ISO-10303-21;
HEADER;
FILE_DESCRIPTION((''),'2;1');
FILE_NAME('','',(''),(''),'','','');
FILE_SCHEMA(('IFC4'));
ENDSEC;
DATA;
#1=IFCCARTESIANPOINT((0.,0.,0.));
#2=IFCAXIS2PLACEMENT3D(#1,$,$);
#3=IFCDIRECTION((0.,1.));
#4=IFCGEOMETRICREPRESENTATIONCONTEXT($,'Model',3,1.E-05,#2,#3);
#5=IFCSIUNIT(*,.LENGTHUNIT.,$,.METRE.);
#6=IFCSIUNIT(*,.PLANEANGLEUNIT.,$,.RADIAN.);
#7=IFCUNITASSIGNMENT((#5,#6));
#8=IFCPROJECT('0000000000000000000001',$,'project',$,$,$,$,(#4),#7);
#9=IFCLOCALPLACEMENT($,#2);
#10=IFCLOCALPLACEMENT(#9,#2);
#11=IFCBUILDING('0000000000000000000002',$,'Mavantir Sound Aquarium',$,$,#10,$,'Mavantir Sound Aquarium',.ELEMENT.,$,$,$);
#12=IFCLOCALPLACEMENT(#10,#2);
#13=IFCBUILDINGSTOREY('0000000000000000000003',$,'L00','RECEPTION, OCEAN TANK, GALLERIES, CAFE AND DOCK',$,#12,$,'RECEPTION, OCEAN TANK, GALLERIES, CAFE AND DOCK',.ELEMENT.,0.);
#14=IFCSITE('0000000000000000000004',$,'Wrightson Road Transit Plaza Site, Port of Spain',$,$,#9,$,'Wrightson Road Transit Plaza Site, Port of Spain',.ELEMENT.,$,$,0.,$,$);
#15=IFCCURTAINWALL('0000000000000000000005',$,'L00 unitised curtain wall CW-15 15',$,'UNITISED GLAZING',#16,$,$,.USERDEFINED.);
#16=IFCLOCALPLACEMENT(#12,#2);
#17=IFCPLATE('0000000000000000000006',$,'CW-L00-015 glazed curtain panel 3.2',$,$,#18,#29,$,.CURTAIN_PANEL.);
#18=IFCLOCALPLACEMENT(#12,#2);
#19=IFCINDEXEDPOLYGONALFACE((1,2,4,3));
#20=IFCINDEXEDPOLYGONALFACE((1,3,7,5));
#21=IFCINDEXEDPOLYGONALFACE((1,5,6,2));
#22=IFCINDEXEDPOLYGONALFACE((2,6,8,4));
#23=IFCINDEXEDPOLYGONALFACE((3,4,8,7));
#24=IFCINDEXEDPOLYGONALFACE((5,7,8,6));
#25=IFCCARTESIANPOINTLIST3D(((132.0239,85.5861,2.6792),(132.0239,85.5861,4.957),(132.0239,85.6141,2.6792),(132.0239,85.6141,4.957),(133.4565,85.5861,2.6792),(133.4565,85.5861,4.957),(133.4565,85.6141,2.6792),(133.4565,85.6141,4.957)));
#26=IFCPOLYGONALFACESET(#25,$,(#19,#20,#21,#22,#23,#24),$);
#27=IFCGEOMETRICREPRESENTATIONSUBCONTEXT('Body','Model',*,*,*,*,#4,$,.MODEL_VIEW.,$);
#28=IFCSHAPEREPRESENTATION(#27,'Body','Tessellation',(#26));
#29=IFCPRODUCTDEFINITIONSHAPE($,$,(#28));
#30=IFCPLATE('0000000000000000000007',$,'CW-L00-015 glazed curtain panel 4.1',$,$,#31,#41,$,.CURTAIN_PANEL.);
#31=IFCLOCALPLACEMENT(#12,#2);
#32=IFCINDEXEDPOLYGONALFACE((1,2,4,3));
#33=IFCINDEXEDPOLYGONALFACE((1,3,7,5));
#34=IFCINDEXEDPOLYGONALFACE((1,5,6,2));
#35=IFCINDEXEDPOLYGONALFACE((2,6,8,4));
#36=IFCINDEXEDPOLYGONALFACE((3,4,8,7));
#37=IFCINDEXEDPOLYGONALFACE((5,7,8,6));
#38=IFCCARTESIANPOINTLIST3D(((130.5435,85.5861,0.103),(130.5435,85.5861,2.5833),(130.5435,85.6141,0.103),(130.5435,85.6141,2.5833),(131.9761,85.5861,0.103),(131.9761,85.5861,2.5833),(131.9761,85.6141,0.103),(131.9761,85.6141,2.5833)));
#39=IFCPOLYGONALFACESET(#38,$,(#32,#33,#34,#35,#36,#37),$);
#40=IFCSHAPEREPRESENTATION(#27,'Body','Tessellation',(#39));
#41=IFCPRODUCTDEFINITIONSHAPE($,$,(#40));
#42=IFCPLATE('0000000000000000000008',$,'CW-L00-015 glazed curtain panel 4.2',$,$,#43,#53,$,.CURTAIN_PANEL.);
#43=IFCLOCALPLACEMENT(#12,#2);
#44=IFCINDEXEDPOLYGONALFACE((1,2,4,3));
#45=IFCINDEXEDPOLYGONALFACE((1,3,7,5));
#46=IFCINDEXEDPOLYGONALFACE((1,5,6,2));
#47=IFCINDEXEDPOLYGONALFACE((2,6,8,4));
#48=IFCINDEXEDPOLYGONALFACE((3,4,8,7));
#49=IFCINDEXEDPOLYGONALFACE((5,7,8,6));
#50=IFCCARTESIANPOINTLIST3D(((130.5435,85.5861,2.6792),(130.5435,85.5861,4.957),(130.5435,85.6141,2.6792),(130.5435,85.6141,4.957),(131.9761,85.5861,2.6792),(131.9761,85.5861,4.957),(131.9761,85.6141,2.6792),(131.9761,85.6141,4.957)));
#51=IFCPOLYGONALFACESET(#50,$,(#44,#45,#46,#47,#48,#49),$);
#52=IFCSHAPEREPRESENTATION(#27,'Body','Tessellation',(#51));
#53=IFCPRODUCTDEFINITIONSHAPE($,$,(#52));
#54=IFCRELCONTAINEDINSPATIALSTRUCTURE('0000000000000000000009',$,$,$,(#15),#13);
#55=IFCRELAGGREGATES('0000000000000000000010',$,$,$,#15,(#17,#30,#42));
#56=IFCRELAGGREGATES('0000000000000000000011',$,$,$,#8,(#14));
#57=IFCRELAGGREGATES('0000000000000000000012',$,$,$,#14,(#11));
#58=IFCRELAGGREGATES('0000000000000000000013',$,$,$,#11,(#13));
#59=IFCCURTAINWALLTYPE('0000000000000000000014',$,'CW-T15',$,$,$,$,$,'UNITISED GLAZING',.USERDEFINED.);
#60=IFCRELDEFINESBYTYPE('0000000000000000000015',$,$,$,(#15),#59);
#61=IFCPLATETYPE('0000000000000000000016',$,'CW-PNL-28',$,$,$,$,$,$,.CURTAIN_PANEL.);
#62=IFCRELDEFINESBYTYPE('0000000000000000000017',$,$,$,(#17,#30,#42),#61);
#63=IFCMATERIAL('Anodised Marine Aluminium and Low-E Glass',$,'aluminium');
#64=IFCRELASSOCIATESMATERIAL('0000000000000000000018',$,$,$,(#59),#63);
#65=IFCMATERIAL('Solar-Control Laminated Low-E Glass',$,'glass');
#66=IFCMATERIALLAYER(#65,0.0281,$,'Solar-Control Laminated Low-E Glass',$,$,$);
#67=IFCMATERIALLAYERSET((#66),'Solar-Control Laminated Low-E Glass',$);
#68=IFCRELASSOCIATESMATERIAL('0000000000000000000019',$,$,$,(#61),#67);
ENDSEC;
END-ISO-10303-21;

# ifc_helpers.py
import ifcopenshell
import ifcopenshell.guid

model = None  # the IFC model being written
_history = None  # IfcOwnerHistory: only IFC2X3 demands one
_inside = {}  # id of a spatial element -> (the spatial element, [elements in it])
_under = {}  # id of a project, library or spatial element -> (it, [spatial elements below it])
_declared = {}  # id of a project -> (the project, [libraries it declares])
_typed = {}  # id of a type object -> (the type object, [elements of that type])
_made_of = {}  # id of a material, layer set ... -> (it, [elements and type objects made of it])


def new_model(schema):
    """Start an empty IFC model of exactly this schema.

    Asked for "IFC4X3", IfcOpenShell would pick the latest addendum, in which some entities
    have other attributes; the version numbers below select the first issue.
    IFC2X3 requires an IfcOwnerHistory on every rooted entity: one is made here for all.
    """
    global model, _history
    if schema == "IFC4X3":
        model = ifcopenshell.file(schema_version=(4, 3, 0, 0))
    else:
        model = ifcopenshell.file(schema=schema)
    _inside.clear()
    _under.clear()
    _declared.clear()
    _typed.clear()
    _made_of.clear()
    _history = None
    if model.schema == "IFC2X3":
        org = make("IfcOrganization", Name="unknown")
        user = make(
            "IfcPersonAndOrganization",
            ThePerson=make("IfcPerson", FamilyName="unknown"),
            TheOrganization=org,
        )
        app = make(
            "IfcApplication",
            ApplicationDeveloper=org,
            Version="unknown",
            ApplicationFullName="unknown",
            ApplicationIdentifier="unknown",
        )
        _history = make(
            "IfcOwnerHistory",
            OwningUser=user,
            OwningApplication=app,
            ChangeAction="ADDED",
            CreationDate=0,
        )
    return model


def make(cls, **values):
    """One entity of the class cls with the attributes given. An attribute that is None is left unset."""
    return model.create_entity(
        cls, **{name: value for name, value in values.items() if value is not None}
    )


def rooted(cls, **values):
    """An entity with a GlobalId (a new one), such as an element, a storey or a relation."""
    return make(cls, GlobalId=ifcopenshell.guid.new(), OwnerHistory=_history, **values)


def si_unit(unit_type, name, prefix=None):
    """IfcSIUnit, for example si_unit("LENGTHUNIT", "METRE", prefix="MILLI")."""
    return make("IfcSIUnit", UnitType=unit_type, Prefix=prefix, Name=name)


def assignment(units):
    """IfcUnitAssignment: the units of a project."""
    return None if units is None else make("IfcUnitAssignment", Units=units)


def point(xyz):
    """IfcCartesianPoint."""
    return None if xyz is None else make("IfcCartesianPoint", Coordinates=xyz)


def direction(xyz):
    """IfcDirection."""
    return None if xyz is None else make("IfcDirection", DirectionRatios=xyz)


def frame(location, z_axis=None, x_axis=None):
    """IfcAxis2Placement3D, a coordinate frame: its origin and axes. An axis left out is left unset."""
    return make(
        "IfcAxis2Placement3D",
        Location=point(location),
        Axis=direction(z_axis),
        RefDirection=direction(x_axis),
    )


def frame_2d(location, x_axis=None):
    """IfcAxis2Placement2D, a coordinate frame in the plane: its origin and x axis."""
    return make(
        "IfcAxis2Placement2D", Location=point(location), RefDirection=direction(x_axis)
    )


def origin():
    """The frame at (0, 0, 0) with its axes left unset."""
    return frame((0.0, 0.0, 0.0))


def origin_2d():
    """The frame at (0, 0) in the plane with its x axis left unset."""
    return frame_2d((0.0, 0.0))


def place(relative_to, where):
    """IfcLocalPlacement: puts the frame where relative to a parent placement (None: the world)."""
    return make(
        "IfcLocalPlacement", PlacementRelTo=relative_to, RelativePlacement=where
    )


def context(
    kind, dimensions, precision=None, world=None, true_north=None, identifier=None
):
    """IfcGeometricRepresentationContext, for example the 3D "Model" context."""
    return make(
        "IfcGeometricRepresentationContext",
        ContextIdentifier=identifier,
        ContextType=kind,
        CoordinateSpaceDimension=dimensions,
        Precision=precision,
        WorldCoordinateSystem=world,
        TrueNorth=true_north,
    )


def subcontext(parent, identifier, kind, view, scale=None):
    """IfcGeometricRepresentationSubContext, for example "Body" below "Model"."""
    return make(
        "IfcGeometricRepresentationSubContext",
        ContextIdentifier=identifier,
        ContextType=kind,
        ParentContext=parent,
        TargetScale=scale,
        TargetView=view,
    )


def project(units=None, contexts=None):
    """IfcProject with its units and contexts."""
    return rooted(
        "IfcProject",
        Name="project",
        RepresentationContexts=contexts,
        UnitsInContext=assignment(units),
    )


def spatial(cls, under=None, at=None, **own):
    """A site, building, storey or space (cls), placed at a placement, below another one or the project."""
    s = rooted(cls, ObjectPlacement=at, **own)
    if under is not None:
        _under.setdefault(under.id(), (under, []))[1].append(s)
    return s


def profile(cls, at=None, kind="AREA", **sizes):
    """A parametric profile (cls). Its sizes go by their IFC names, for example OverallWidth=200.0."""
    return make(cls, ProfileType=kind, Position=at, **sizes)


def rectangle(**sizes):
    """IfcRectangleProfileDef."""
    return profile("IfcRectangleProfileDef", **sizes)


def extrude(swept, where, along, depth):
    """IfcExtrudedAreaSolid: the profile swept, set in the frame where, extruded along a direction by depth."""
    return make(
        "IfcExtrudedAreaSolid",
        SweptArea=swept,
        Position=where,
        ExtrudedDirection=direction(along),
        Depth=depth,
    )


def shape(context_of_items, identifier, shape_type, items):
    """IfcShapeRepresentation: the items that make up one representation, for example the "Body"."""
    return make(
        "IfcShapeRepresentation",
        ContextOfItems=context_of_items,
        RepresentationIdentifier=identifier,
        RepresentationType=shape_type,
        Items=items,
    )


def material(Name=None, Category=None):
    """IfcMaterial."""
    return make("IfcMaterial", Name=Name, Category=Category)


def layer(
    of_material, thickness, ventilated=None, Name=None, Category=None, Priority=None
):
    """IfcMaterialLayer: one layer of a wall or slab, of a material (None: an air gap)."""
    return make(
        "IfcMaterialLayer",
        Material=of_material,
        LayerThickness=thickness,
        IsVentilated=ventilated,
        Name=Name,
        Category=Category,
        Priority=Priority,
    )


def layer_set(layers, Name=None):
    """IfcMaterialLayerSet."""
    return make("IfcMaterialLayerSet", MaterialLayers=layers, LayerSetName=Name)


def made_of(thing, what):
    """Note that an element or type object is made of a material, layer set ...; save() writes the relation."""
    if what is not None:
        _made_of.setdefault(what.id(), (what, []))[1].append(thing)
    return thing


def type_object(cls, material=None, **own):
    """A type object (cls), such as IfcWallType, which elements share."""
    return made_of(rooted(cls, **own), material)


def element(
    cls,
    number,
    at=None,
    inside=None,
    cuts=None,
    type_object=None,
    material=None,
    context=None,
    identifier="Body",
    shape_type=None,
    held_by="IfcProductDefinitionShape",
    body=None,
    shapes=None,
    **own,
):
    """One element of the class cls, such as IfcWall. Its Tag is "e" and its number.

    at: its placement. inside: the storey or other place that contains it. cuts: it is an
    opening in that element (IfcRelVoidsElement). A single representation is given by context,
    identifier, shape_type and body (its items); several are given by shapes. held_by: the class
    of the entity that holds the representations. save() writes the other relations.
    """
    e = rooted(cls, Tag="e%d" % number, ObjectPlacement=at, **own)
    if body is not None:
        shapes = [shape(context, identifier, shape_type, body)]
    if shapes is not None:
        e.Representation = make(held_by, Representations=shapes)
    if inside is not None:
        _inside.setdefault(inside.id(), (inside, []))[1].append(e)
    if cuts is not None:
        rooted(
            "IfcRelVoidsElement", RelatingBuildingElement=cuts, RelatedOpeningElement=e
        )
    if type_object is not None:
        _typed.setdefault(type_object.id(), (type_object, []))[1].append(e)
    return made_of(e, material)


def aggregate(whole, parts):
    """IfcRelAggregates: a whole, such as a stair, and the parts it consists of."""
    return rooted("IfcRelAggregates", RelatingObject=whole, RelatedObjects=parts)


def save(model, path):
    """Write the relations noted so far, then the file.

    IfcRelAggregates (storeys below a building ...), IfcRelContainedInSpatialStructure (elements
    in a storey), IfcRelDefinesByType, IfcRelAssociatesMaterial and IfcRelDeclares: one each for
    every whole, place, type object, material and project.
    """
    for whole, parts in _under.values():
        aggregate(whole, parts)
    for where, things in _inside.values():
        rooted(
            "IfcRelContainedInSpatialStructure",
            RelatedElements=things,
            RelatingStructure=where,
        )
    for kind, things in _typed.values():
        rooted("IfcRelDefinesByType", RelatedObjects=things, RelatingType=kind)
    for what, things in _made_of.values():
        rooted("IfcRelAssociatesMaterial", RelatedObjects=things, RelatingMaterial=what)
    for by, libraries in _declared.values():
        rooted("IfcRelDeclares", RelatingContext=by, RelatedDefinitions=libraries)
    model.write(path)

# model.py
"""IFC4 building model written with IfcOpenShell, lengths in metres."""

from ifc_helpers import new_model, si_unit, direction, frame, origin, origin_2d, place, context, subcontext, project, spatial, rectangle, extrude, material, layer, layer_set, type_object, element, aggregate, save


model = new_model("IFC4")

# Units and contexts
model_context = context("Model", 3, precision=1e-05, world=origin(), true_north=direction((0.0, 1.0)))
body_context = subcontext(model_context, "Body", "Model", "MODEL_VIEW")
ifc_project = project(units=[si_unit("LENGTHUNIT", "METRE"), si_unit("PLANEANGLEUNIT", "RADIAN")], contexts=[model_context])

# Site, building, storey
site_placement = place(None, origin())
site = spatial("IfcSite", under=ifc_project, at=site_placement, Name="Wrightson Road Transit Plaza Site, Port of Spain", LongName="Wrightson Road Transit Plaza Site, Port of Spain", CompositionType="ELEMENT", RefElevation=0.0)
building_placement = place(site_placement, origin())
building = spatial("IfcBuilding", under=site, at=building_placement, Name="Mavantir Sound Aquarium", LongName="Mavantir Sound Aquarium", CompositionType="ELEMENT")
storey_placement = place(building_placement, origin())
storey = spatial("IfcBuildingStorey", under=building, at=storey_placement, Name="L00", Description="RECEPTION, OCEAN TANK, GALLERIES, CAFE AND DOCK", LongName="RECEPTION, OCEAN TANK, GALLERIES, CAFE AND DOCK", CompositionType="ELEMENT", Elevation=0.0)

# Curtain wall, plates
ifc_material_1 = material(Name="Anodised Marine Aluminium and Low-E Glass", Category="aluminium")
curtain_wall_type = type_object("IfcCurtainWallType", Name="CW-T15", ElementType="UNITISED GLAZING", PredefinedType="USERDEFINED", material=ifc_material_1)
curtain_wall_placement = place(storey_placement, origin())
curtain_wall = element("IfcCurtainWall", 1, at=curtain_wall_placement, inside=storey, type_object=curtain_wall_type, Name="L00 unitised curtain wall CW-15 15", ObjectType="UNITISED GLAZING", PredefinedType="USERDEFINED")
ifc_material_2 = material(Name="Solar-Control Laminated Low-E Glass", Category="glass")
ifc_layer = layer(ifc_material_2, 0.0281, Name="Solar-Control Laminated Low-E Glass")
ifc_layer_set = layer_set([ifc_layer], Name="Solar-Control Laminated Low-E Glass")
plate_type = type_object("IfcPlateType", Name="CW-PNL-28", PredefinedType="CURTAIN_PANEL", material=ifc_layer_set)
plate_1_placement = place(storey_placement, frame((132.7402, 85.6001, 2.6792), z_axis=(0.0, 0.0, 1.0), x_axis=(-1.0, 0.0, 0.0)))
plate_1 = element("IfcPlate", 2, at=plate_1_placement, type_object=plate_type, Name="CW-L00-015 glazed curtain panel 3.2", PredefinedType="CURTAIN_PANEL", context=body_context, shape_type="SweptSolid", body=[
    extrude(rectangle(XDim=1.4326, YDim=0.0281, at=origin_2d()), origin(), (0.0, 0.0, 1.0), 2.2778),
])
plate_2_placement = place(storey_placement, frame((131.2598, 85.6001, 0.103), z_axis=(0.0, 0.0, 1.0), x_axis=(-1.0, 0.0, 0.0)))
plate_2 = element("IfcPlate", 3, at=plate_2_placement, type_object=plate_type, Name="CW-L00-015 glazed curtain panel 4.1", PredefinedType="CURTAIN_PANEL", context=body_context, shape_type="SweptSolid", body=[
    extrude(rectangle(XDim=1.4326, YDim=0.0281, at=origin_2d()), origin(), (0.0, 0.0, 1.0), 2.4802),
])
plate_3_placement = place(storey_placement, frame((131.2598, 85.6001, 2.6792), z_axis=(0.0, 0.0, 1.0), x_axis=(-1.0, 0.0, 0.0)))
plate_3 = element("IfcPlate", 4, at=plate_3_placement, type_object=plate_type, Name="CW-L00-015 glazed curtain panel 4.2", PredefinedType="CURTAIN_PANEL", context=body_context, shape_type="SweptSolid", body=[
    extrude(rectangle(XDim=1.4326, YDim=0.0281, at=origin_2d()), origin(), (0.0, 0.0, 1.0), 2.2778),
])
aggregate(curtain_wall, [plate_1, plate_2, plate_3])

save(model, "model.ifc")
